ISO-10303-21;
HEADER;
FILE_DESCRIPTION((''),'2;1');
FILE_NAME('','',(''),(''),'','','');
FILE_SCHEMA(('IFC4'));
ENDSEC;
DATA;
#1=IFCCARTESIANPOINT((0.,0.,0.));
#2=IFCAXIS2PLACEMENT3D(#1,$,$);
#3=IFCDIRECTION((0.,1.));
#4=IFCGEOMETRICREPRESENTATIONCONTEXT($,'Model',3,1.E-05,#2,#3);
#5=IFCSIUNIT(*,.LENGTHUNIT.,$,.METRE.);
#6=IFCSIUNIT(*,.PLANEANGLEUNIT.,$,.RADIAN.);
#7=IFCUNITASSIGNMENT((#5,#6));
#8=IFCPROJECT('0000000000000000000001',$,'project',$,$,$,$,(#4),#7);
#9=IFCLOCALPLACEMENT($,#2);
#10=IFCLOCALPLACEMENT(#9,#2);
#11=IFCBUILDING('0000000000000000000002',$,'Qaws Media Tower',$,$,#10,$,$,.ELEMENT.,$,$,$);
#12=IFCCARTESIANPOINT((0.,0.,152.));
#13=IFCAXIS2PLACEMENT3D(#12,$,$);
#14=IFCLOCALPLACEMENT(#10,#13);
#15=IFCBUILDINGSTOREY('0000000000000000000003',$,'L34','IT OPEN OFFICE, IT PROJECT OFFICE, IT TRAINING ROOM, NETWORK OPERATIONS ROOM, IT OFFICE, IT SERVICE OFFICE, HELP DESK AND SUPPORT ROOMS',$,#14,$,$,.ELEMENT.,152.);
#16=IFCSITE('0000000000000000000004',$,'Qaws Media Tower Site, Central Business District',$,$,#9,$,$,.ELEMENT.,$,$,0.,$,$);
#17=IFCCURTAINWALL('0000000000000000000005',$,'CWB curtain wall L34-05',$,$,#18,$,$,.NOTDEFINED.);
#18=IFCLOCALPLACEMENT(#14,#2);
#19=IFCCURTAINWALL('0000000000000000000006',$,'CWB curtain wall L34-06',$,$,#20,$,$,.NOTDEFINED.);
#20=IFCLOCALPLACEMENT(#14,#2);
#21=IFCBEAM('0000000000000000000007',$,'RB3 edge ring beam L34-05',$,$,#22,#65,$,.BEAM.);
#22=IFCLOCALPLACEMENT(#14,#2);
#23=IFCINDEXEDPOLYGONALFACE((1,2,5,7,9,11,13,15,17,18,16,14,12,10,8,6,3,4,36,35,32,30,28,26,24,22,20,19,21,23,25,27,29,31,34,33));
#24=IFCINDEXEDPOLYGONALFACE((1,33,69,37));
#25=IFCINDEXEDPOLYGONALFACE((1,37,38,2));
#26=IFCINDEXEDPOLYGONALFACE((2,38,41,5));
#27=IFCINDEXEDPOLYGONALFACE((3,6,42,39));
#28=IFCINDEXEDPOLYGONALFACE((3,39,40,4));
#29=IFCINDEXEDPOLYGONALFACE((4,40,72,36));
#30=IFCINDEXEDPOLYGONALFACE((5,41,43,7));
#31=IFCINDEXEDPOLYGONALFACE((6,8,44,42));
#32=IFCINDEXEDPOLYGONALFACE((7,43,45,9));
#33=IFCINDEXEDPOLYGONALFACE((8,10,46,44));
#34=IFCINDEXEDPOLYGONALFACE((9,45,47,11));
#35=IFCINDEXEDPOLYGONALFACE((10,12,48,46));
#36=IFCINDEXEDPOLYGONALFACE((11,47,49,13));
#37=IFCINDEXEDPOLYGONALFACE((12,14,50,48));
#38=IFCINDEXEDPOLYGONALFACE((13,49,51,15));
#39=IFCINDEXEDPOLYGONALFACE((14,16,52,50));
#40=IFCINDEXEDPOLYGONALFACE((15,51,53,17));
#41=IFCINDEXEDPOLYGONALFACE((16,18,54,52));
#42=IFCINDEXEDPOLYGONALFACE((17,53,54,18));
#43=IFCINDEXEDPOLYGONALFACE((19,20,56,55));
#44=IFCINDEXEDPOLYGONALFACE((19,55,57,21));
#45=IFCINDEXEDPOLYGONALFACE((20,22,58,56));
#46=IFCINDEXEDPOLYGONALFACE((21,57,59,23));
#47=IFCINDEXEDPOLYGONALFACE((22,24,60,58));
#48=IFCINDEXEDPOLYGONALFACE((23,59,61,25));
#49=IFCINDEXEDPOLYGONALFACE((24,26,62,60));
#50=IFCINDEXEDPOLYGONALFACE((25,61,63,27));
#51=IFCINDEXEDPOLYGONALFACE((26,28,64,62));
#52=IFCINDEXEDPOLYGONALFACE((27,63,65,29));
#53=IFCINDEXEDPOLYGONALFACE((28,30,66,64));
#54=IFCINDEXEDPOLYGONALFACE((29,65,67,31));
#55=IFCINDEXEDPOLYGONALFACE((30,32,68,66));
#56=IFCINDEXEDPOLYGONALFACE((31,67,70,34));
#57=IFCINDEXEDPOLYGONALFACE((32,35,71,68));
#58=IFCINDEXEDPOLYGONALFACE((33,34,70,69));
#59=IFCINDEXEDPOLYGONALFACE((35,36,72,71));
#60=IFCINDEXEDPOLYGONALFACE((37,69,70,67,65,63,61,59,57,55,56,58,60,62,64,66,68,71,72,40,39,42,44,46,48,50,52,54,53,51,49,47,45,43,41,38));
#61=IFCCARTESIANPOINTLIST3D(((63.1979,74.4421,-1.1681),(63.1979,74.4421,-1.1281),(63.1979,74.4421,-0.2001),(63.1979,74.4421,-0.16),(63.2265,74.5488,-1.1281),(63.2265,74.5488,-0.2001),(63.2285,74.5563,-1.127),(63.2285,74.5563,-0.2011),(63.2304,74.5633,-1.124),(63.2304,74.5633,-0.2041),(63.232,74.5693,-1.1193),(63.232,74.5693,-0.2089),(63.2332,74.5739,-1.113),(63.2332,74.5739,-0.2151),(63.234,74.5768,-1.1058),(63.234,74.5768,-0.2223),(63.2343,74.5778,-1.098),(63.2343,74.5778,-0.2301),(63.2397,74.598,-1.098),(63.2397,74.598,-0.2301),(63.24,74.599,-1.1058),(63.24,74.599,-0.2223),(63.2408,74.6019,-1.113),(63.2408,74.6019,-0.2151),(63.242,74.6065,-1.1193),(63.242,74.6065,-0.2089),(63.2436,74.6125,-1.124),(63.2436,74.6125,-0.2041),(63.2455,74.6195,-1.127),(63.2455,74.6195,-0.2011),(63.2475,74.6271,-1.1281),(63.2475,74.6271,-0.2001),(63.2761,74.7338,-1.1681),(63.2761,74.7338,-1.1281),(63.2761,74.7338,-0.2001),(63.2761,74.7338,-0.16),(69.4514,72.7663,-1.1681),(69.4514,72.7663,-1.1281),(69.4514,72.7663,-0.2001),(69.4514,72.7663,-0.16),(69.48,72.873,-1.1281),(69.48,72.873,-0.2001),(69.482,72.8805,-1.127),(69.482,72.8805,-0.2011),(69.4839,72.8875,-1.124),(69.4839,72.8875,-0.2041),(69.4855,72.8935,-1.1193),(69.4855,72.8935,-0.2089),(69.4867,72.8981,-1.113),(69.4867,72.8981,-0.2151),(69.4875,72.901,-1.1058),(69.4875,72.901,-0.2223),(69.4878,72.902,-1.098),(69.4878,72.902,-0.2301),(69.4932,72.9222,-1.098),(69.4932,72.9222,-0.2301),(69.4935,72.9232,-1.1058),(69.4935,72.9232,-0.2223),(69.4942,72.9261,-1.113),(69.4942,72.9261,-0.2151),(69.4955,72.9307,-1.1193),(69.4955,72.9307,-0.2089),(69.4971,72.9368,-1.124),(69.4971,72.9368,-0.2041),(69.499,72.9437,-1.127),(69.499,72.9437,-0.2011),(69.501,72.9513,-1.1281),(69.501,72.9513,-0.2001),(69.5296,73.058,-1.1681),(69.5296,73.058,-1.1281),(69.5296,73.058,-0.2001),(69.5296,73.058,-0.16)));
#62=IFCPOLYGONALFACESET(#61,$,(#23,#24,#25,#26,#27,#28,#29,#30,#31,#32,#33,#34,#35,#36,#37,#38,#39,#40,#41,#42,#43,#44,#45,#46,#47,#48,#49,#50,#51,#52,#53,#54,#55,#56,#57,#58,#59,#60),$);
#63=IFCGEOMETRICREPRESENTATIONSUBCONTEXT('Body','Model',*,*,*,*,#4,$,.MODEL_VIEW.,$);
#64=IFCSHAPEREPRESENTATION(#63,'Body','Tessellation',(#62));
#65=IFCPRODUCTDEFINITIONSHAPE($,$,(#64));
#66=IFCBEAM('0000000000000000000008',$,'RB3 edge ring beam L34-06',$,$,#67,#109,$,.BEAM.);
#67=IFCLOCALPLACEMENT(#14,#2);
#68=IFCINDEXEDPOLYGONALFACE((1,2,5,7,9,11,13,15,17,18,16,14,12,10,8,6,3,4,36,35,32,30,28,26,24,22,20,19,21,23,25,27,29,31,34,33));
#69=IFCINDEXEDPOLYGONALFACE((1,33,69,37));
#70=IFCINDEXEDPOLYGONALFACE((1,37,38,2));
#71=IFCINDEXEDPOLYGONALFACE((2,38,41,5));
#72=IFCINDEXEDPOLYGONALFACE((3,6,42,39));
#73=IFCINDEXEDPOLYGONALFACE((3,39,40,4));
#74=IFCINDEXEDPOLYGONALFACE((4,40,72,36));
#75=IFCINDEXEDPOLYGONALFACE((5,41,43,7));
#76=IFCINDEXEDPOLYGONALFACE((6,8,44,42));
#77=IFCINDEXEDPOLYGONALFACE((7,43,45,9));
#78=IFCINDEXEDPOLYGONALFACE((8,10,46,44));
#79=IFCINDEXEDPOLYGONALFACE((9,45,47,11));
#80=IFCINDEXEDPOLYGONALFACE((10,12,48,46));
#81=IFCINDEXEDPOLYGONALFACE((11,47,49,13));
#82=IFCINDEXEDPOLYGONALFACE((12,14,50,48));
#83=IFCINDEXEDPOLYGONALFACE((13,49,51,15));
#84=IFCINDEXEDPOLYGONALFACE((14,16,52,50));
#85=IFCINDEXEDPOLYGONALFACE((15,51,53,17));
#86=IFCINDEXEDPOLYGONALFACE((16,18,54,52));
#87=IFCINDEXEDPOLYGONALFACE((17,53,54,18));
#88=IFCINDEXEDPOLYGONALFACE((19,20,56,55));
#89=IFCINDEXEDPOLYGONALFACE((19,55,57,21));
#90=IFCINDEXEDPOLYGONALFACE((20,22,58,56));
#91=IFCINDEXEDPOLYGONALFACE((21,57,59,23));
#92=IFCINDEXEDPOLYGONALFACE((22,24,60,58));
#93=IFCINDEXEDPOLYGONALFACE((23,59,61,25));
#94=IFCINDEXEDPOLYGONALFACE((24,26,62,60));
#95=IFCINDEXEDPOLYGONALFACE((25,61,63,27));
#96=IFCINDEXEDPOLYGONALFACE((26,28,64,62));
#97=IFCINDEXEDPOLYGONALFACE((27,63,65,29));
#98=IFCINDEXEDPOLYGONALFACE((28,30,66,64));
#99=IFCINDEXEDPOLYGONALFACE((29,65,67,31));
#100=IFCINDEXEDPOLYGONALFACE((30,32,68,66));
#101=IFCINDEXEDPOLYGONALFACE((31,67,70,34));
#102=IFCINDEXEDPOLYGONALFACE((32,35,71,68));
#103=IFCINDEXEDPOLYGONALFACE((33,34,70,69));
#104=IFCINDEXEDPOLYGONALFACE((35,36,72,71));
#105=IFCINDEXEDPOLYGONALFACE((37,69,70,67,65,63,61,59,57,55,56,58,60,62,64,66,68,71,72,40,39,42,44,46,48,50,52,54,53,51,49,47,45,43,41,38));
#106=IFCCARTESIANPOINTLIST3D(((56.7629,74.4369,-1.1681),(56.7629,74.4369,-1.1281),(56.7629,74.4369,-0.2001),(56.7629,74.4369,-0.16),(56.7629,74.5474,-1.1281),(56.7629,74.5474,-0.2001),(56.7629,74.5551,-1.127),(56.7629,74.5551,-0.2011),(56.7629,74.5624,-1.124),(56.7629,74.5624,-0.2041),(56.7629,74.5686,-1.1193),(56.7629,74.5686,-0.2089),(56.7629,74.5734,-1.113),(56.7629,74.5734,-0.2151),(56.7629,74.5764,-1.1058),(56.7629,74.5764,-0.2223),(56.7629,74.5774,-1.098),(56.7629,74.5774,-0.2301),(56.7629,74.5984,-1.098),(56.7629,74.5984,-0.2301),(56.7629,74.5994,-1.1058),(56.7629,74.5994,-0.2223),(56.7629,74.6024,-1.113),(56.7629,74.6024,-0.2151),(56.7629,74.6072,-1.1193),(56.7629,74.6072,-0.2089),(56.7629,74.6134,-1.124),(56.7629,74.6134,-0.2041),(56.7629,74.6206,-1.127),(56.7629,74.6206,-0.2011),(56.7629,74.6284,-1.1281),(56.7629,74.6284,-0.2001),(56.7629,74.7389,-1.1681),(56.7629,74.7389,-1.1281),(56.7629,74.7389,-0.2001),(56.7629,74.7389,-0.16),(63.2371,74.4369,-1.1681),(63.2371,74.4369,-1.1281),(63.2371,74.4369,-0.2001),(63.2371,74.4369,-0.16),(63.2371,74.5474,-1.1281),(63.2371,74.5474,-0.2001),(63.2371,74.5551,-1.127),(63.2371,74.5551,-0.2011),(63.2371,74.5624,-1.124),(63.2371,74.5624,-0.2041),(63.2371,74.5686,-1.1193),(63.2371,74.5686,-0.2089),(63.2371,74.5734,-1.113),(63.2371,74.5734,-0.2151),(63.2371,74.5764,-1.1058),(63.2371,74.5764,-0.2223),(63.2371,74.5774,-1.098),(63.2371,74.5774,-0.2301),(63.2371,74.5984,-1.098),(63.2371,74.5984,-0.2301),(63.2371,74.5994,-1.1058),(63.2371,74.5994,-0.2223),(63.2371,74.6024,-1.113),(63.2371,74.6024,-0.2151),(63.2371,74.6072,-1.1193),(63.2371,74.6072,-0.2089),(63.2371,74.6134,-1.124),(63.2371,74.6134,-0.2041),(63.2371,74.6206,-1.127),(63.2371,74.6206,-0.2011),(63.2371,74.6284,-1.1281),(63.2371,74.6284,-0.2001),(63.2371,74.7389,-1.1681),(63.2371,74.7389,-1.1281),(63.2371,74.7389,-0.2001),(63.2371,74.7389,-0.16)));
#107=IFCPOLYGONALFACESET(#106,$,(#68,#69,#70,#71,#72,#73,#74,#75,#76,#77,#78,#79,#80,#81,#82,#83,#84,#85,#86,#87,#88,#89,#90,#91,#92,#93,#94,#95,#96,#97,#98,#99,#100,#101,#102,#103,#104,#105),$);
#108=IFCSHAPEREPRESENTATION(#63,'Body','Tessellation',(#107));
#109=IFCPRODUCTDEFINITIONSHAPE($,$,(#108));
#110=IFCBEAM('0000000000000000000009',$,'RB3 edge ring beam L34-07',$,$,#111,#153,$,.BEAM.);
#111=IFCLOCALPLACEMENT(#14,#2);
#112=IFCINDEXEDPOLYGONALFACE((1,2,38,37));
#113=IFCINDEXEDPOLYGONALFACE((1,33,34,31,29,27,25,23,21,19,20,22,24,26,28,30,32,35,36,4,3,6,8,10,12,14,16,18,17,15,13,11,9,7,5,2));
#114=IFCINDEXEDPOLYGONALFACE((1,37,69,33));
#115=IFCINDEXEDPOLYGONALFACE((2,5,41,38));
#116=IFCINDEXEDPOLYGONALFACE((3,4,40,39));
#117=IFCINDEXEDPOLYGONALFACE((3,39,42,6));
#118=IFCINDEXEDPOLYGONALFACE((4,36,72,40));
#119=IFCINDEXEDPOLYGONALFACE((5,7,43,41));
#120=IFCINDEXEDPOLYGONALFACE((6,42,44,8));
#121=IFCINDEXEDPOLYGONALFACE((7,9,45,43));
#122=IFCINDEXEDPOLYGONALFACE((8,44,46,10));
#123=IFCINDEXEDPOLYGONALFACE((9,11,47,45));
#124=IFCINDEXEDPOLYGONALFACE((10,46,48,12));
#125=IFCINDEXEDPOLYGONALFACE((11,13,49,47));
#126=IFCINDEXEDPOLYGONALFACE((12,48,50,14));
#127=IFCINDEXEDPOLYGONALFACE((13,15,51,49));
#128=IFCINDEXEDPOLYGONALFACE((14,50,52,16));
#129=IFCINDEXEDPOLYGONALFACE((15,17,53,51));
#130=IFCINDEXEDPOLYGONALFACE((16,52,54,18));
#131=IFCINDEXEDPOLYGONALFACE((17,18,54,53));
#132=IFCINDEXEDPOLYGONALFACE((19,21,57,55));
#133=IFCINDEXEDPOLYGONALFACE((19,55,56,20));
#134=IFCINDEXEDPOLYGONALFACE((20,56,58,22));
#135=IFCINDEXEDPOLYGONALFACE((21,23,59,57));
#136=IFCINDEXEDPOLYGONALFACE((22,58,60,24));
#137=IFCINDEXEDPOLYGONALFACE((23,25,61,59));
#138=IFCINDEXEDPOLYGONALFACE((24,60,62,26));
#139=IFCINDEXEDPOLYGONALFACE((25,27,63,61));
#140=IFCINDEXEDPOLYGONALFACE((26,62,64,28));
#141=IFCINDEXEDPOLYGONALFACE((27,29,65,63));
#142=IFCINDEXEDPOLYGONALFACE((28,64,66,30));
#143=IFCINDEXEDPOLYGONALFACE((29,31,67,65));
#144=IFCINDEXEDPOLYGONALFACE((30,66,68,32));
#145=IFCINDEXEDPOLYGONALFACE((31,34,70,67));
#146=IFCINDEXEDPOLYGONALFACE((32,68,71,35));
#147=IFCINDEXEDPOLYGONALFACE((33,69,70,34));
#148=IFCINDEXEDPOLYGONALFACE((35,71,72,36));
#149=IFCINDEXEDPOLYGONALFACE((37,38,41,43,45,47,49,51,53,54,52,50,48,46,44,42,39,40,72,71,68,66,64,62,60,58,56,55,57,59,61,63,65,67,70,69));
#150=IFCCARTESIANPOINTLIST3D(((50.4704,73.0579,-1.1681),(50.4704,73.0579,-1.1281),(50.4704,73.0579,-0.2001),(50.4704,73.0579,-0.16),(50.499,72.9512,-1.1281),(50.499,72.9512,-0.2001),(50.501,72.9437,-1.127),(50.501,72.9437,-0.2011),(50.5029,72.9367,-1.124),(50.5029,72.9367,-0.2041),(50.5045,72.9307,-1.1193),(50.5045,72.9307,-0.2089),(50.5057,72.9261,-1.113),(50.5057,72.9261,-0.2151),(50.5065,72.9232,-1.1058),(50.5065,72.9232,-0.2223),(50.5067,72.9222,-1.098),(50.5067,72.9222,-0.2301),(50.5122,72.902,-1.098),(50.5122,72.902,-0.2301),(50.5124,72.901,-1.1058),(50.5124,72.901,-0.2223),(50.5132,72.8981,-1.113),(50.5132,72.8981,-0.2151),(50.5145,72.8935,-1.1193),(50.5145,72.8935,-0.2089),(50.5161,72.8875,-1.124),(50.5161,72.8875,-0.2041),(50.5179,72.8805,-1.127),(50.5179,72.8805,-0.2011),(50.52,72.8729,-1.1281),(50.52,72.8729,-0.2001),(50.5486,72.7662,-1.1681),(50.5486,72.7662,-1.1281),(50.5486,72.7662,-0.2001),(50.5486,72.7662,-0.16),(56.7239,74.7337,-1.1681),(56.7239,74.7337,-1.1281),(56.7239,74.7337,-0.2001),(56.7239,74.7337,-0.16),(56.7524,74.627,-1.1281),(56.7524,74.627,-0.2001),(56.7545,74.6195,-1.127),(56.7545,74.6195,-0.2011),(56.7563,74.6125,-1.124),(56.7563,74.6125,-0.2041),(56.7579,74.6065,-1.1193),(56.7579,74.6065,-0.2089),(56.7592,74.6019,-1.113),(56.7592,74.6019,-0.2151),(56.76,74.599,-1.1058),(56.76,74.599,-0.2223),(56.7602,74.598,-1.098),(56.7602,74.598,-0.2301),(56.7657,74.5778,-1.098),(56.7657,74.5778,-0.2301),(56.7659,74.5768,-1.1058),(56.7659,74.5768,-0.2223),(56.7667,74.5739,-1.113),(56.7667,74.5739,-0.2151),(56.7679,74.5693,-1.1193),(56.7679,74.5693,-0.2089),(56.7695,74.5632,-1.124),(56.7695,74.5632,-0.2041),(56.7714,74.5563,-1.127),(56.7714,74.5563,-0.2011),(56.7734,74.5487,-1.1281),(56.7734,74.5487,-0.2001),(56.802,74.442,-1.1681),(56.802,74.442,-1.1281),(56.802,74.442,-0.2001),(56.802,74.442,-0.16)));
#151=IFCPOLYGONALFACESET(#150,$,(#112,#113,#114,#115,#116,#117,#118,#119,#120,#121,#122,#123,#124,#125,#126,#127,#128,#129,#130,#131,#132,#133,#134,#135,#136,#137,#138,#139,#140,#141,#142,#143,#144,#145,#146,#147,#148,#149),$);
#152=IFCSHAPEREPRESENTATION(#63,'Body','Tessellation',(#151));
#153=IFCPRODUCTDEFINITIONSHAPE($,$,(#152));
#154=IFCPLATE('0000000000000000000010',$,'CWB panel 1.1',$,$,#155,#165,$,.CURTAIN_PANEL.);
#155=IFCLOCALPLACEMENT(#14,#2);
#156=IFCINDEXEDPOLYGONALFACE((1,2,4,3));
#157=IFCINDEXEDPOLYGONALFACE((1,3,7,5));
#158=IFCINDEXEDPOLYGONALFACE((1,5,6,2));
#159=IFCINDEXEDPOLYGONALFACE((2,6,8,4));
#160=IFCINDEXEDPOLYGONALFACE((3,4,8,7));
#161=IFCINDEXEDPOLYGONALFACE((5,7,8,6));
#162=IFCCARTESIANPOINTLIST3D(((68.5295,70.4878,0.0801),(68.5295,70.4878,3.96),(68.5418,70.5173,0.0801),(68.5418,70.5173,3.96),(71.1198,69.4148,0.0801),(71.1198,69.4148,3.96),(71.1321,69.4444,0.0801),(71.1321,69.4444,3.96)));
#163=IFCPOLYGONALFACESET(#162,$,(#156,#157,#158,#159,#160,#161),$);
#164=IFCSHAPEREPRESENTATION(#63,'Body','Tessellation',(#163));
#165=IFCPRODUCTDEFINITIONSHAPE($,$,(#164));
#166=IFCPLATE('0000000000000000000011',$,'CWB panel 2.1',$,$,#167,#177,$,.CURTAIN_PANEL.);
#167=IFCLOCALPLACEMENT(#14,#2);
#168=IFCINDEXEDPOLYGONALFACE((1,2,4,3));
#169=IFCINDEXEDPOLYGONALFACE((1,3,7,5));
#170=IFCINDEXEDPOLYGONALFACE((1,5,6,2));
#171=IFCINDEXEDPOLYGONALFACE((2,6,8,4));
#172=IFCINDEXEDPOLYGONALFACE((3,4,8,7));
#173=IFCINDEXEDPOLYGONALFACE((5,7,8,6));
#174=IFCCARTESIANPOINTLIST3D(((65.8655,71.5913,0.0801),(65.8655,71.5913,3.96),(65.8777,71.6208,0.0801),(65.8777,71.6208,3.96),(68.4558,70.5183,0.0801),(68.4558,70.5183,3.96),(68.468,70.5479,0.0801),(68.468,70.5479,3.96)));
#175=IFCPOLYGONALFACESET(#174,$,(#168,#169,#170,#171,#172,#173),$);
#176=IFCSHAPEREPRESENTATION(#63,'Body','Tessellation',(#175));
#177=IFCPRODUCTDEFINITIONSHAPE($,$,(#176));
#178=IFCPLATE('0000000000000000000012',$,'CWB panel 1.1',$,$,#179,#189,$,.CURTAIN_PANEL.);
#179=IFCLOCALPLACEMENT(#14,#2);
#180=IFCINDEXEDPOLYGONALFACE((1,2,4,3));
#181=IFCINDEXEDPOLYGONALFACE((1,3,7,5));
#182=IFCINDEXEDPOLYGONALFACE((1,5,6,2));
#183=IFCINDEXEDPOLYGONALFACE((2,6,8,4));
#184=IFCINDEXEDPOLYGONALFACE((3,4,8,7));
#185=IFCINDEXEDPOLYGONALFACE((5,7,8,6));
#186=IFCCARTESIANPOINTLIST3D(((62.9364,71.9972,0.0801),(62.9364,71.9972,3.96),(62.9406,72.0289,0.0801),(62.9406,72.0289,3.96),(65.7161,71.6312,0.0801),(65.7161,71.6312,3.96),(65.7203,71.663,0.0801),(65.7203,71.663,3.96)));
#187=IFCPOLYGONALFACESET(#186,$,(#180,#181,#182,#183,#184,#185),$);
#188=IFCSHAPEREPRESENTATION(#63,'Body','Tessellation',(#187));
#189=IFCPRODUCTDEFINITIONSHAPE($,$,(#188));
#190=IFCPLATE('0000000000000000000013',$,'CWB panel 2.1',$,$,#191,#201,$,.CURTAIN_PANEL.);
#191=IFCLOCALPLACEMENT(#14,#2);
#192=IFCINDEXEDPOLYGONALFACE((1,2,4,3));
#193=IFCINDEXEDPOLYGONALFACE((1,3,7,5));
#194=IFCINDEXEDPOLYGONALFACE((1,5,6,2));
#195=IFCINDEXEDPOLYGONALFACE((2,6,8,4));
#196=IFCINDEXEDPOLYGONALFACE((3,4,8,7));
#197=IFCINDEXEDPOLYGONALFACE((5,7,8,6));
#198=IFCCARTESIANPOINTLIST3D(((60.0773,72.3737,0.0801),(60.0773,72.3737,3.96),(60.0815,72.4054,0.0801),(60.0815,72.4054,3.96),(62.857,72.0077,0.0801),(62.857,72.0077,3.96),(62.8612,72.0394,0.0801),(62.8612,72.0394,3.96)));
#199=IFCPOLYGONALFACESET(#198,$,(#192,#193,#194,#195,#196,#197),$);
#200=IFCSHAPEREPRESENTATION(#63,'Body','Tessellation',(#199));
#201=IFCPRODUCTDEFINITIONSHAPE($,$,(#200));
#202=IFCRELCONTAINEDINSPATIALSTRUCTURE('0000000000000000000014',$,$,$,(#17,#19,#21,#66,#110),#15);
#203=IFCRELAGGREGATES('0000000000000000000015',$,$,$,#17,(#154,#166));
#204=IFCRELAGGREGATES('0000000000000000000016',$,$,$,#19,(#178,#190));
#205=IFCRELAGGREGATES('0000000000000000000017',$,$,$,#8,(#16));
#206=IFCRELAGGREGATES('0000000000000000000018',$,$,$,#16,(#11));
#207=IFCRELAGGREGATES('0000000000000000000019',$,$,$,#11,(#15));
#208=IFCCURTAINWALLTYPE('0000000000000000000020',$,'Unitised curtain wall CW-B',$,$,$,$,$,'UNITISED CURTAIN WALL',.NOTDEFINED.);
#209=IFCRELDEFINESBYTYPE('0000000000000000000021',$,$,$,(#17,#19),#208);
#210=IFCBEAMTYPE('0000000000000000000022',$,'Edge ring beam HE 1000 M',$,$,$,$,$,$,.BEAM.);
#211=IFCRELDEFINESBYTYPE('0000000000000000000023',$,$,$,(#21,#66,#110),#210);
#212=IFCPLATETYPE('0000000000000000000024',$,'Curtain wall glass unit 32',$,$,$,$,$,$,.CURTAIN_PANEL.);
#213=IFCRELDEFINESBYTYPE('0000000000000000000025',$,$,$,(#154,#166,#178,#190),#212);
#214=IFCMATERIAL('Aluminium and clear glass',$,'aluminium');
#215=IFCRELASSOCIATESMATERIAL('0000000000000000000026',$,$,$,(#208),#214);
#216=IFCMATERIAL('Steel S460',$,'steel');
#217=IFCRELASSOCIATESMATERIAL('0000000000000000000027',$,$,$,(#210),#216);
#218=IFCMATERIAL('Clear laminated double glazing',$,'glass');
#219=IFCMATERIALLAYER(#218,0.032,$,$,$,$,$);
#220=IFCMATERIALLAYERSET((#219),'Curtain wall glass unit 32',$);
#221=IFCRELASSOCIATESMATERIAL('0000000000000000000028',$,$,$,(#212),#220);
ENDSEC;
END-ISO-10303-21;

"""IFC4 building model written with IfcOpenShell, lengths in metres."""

from ifc_helpers import new_model, si_unit, direction, frame, origin, origin_2d, place, context, subcontext, project, spatial, rectangle, i_section, extrude, material, layer, layer_set, material_profile, profile_set, type_object, element, aggregate, save


model = new_model("IFC4")

# Units and contexts
model_context = context("Model", 3, precision=1e-05, world=origin(), true_north=direction((0.0, 1.0)))
body_context = subcontext(model_context, "Body", "Model", "MODEL_VIEW")
ifc_project = project(units=[si_unit("LENGTHUNIT", "METRE"), si_unit("PLANEANGLEUNIT", "RADIAN")], contexts=[model_context])

# Site, building, storey
site_placement = place(None, origin())
site = spatial("IfcSite", under=ifc_project, at=site_placement, Name="Qaws Media Tower Site, Central Business District", CompositionType="ELEMENT", RefElevation=0.0)
building_placement = place(site_placement, origin())
building = spatial("IfcBuilding", under=site, at=building_placement, Name="Qaws Media Tower", CompositionType="ELEMENT")
storey_placement = place(building_placement, frame((0.0, 0.0, 152.0)))
storey = spatial("IfcBuildingStorey", under=building, at=storey_placement, Name="L34", Description="IT OPEN OFFICE, IT PROJECT OFFICE, IT TRAINING ROOM, NETWORK OPERATIONS ROOM, IT OFFICE, IT SERVICE OFFICE, HELP DESK AND SUPPORT ROOMS", CompositionType="ELEMENT", Elevation=152.0)

# Curtain walls
ifc_material_1 = material(Name="Aluminium and clear glass", Category="aluminium")
curtain_wall_type = type_object("IfcCurtainWallType", Name="Unitised curtain wall CW-B", ElementType="UNITISED CURTAIN WALL", PredefinedType="NOTDEFINED", material=ifc_material_1)
curtain_wall_1_placement = place(storey_placement, origin())
curtain_wall_1 = element("IfcCurtainWall", 1, at=curtain_wall_1_placement, inside=storey, type_object=curtain_wall_type, Name="CWB curtain wall L34-05", PredefinedType="NOTDEFINED")
curtain_wall_2_placement = place(storey_placement, origin())
curtain_wall_2 = element("IfcCurtainWall", 2, at=curtain_wall_2_placement, inside=storey, type_object=curtain_wall_type, Name="CWB curtain wall L34-06", PredefinedType="NOTDEFINED")

# Beams
ifc_material_2 = material(Name="Steel S460", Category="steel")
ifc_material_profile_1 = material_profile(ifc_material_2, i_section(OverallWidth=0.302, OverallDepth=1.0081, WebThickness=0.021, FlangeThickness=0.04, FilletRadius=0.03, at=origin_2d()), Name="HE 1000 M")
ifc_profile_set_1 = profile_set([ifc_material_profile_1], Name="Steel S460")
beam_type = type_object("IfcBeamType", Name="Edge ring beam HE 1000 M", PredefinedType="BEAM", material=ifc_profile_set_1)
for number, where, z_axis, x_axis, name in (
    (3, (69.4905, 72.9121, -0.6641), (-0.965919, 0.258845, 0.0), (-0.258845, -0.965919, 0.0), "RB3 edge ring beam L34-05"),
    (4, (63.2371, 74.5879, -0.6641), (-1.0, 0.0, 0.0), (0.0, -1.0, 0.0), "RB3 edge ring beam L34-06"),
    (5, (56.7629, 74.5879, -0.6641), (-0.965919, -0.258845, 0.0), (0.258845, -0.965919, 0.0), "RB3 edge ring beam L34-07"),
):
    element("IfcBeam", number, at=place(storey_placement, frame(where, z_axis=z_axis, x_axis=x_axis)), inside=storey, type_object=beam_type, Name=name, PredefinedType="BEAM", context=body_context, shape_type="SweptSolid", body=[
        extrude(i_section(OverallWidth=0.302, OverallDepth=1.0081, WebThickness=0.021, FlangeThickness=0.04, FilletRadius=0.03, at=origin_2d()), origin(), (0.0, 0.0, 1.0), 6.4741),
    ])

# Plates
ifc_material_3 = material(Name="Clear laminated double glazing", Category="glass")
ifc_layer_1 = layer(ifc_material_3, 0.032)
ifc_layer_set_1 = layer_set([ifc_layer_1], Name="Curtain wall glass unit 32")
plate_type_1 = type_object("IfcPlateType", Name="Curtain wall glass unit 32", PredefinedType="CURTAIN_PANEL", material=ifc_layer_set_1)
plate_1_placement = place(storey_placement, frame((69.8308, 69.9661, 0.0801), z_axis=(0.0, 0.0, 1.0), x_axis=(-0.923879, 0.382684, 0.0)))
plate_1 = element("IfcPlate", 6, at=plate_1_placement, type_object=plate_type_1, Name="CWB panel 1.1", PredefinedType="CURTAIN_PANEL", context=body_context, shape_type="SweptSolid", body=[
    extrude(rectangle(XDim=2.8037, YDim=0.032, at=origin_2d()), origin(), (0.0, 0.0, 1.0), 3.8799),
])
plate_2_placement = place(storey_placement, frame((67.1667, 71.0696, 0.0801), z_axis=(0.0, 0.0, 1.0), x_axis=(-0.923879, 0.382684, 0.0)))
plate_2 = element("IfcPlate", 7, at=plate_2_placement, type_object=plate_type_1, Name="CWB panel 2.1", PredefinedType="CURTAIN_PANEL", context=body_context, shape_type="SweptSolid", body=[
    extrude(rectangle(XDim=2.8037, YDim=0.032, at=origin_2d()), origin(), (0.0, 0.0, 1.0), 3.8799),
])
aggregate(curtain_wall_1, [plate_1, plate_2])
plate_3_placement = place(storey_placement, frame((64.3284, 71.8301, 0.0801), z_axis=(0.0, 0.0, 1.0), x_axis=(-0.991445, 0.130526, 0.0)))
plate_3 = element("IfcPlate", 8, at=plate_3_placement, type_object=plate_type_1, Name="CWB panel 1.1", PredefinedType="CURTAIN_PANEL", context=body_context, shape_type="SweptSolid", body=[
    extrude(rectangle(XDim=2.8037, YDim=0.032, at=origin_2d()), origin(), (0.0, 0.0, 1.0), 3.8799),
])
plate_4_placement = place(storey_placement, frame((61.4692, 72.2065, 0.0801), z_axis=(0.0, 0.0, 1.0), x_axis=(-0.991445, 0.130526, 0.0)))
plate_4 = element("IfcPlate", 9, at=plate_4_placement, type_object=plate_type_1, Name="CWB panel 2.1", PredefinedType="CURTAIN_PANEL", context=body_context, shape_type="SweptSolid", body=[
    extrude(rectangle(XDim=2.8037, YDim=0.032, at=origin_2d()), origin(), (0.0, 0.0, 1.0), 3.8799),
])
aggregate(curtain_wall_2, [plate_3, plate_4])

save(model, "model.ifc")
